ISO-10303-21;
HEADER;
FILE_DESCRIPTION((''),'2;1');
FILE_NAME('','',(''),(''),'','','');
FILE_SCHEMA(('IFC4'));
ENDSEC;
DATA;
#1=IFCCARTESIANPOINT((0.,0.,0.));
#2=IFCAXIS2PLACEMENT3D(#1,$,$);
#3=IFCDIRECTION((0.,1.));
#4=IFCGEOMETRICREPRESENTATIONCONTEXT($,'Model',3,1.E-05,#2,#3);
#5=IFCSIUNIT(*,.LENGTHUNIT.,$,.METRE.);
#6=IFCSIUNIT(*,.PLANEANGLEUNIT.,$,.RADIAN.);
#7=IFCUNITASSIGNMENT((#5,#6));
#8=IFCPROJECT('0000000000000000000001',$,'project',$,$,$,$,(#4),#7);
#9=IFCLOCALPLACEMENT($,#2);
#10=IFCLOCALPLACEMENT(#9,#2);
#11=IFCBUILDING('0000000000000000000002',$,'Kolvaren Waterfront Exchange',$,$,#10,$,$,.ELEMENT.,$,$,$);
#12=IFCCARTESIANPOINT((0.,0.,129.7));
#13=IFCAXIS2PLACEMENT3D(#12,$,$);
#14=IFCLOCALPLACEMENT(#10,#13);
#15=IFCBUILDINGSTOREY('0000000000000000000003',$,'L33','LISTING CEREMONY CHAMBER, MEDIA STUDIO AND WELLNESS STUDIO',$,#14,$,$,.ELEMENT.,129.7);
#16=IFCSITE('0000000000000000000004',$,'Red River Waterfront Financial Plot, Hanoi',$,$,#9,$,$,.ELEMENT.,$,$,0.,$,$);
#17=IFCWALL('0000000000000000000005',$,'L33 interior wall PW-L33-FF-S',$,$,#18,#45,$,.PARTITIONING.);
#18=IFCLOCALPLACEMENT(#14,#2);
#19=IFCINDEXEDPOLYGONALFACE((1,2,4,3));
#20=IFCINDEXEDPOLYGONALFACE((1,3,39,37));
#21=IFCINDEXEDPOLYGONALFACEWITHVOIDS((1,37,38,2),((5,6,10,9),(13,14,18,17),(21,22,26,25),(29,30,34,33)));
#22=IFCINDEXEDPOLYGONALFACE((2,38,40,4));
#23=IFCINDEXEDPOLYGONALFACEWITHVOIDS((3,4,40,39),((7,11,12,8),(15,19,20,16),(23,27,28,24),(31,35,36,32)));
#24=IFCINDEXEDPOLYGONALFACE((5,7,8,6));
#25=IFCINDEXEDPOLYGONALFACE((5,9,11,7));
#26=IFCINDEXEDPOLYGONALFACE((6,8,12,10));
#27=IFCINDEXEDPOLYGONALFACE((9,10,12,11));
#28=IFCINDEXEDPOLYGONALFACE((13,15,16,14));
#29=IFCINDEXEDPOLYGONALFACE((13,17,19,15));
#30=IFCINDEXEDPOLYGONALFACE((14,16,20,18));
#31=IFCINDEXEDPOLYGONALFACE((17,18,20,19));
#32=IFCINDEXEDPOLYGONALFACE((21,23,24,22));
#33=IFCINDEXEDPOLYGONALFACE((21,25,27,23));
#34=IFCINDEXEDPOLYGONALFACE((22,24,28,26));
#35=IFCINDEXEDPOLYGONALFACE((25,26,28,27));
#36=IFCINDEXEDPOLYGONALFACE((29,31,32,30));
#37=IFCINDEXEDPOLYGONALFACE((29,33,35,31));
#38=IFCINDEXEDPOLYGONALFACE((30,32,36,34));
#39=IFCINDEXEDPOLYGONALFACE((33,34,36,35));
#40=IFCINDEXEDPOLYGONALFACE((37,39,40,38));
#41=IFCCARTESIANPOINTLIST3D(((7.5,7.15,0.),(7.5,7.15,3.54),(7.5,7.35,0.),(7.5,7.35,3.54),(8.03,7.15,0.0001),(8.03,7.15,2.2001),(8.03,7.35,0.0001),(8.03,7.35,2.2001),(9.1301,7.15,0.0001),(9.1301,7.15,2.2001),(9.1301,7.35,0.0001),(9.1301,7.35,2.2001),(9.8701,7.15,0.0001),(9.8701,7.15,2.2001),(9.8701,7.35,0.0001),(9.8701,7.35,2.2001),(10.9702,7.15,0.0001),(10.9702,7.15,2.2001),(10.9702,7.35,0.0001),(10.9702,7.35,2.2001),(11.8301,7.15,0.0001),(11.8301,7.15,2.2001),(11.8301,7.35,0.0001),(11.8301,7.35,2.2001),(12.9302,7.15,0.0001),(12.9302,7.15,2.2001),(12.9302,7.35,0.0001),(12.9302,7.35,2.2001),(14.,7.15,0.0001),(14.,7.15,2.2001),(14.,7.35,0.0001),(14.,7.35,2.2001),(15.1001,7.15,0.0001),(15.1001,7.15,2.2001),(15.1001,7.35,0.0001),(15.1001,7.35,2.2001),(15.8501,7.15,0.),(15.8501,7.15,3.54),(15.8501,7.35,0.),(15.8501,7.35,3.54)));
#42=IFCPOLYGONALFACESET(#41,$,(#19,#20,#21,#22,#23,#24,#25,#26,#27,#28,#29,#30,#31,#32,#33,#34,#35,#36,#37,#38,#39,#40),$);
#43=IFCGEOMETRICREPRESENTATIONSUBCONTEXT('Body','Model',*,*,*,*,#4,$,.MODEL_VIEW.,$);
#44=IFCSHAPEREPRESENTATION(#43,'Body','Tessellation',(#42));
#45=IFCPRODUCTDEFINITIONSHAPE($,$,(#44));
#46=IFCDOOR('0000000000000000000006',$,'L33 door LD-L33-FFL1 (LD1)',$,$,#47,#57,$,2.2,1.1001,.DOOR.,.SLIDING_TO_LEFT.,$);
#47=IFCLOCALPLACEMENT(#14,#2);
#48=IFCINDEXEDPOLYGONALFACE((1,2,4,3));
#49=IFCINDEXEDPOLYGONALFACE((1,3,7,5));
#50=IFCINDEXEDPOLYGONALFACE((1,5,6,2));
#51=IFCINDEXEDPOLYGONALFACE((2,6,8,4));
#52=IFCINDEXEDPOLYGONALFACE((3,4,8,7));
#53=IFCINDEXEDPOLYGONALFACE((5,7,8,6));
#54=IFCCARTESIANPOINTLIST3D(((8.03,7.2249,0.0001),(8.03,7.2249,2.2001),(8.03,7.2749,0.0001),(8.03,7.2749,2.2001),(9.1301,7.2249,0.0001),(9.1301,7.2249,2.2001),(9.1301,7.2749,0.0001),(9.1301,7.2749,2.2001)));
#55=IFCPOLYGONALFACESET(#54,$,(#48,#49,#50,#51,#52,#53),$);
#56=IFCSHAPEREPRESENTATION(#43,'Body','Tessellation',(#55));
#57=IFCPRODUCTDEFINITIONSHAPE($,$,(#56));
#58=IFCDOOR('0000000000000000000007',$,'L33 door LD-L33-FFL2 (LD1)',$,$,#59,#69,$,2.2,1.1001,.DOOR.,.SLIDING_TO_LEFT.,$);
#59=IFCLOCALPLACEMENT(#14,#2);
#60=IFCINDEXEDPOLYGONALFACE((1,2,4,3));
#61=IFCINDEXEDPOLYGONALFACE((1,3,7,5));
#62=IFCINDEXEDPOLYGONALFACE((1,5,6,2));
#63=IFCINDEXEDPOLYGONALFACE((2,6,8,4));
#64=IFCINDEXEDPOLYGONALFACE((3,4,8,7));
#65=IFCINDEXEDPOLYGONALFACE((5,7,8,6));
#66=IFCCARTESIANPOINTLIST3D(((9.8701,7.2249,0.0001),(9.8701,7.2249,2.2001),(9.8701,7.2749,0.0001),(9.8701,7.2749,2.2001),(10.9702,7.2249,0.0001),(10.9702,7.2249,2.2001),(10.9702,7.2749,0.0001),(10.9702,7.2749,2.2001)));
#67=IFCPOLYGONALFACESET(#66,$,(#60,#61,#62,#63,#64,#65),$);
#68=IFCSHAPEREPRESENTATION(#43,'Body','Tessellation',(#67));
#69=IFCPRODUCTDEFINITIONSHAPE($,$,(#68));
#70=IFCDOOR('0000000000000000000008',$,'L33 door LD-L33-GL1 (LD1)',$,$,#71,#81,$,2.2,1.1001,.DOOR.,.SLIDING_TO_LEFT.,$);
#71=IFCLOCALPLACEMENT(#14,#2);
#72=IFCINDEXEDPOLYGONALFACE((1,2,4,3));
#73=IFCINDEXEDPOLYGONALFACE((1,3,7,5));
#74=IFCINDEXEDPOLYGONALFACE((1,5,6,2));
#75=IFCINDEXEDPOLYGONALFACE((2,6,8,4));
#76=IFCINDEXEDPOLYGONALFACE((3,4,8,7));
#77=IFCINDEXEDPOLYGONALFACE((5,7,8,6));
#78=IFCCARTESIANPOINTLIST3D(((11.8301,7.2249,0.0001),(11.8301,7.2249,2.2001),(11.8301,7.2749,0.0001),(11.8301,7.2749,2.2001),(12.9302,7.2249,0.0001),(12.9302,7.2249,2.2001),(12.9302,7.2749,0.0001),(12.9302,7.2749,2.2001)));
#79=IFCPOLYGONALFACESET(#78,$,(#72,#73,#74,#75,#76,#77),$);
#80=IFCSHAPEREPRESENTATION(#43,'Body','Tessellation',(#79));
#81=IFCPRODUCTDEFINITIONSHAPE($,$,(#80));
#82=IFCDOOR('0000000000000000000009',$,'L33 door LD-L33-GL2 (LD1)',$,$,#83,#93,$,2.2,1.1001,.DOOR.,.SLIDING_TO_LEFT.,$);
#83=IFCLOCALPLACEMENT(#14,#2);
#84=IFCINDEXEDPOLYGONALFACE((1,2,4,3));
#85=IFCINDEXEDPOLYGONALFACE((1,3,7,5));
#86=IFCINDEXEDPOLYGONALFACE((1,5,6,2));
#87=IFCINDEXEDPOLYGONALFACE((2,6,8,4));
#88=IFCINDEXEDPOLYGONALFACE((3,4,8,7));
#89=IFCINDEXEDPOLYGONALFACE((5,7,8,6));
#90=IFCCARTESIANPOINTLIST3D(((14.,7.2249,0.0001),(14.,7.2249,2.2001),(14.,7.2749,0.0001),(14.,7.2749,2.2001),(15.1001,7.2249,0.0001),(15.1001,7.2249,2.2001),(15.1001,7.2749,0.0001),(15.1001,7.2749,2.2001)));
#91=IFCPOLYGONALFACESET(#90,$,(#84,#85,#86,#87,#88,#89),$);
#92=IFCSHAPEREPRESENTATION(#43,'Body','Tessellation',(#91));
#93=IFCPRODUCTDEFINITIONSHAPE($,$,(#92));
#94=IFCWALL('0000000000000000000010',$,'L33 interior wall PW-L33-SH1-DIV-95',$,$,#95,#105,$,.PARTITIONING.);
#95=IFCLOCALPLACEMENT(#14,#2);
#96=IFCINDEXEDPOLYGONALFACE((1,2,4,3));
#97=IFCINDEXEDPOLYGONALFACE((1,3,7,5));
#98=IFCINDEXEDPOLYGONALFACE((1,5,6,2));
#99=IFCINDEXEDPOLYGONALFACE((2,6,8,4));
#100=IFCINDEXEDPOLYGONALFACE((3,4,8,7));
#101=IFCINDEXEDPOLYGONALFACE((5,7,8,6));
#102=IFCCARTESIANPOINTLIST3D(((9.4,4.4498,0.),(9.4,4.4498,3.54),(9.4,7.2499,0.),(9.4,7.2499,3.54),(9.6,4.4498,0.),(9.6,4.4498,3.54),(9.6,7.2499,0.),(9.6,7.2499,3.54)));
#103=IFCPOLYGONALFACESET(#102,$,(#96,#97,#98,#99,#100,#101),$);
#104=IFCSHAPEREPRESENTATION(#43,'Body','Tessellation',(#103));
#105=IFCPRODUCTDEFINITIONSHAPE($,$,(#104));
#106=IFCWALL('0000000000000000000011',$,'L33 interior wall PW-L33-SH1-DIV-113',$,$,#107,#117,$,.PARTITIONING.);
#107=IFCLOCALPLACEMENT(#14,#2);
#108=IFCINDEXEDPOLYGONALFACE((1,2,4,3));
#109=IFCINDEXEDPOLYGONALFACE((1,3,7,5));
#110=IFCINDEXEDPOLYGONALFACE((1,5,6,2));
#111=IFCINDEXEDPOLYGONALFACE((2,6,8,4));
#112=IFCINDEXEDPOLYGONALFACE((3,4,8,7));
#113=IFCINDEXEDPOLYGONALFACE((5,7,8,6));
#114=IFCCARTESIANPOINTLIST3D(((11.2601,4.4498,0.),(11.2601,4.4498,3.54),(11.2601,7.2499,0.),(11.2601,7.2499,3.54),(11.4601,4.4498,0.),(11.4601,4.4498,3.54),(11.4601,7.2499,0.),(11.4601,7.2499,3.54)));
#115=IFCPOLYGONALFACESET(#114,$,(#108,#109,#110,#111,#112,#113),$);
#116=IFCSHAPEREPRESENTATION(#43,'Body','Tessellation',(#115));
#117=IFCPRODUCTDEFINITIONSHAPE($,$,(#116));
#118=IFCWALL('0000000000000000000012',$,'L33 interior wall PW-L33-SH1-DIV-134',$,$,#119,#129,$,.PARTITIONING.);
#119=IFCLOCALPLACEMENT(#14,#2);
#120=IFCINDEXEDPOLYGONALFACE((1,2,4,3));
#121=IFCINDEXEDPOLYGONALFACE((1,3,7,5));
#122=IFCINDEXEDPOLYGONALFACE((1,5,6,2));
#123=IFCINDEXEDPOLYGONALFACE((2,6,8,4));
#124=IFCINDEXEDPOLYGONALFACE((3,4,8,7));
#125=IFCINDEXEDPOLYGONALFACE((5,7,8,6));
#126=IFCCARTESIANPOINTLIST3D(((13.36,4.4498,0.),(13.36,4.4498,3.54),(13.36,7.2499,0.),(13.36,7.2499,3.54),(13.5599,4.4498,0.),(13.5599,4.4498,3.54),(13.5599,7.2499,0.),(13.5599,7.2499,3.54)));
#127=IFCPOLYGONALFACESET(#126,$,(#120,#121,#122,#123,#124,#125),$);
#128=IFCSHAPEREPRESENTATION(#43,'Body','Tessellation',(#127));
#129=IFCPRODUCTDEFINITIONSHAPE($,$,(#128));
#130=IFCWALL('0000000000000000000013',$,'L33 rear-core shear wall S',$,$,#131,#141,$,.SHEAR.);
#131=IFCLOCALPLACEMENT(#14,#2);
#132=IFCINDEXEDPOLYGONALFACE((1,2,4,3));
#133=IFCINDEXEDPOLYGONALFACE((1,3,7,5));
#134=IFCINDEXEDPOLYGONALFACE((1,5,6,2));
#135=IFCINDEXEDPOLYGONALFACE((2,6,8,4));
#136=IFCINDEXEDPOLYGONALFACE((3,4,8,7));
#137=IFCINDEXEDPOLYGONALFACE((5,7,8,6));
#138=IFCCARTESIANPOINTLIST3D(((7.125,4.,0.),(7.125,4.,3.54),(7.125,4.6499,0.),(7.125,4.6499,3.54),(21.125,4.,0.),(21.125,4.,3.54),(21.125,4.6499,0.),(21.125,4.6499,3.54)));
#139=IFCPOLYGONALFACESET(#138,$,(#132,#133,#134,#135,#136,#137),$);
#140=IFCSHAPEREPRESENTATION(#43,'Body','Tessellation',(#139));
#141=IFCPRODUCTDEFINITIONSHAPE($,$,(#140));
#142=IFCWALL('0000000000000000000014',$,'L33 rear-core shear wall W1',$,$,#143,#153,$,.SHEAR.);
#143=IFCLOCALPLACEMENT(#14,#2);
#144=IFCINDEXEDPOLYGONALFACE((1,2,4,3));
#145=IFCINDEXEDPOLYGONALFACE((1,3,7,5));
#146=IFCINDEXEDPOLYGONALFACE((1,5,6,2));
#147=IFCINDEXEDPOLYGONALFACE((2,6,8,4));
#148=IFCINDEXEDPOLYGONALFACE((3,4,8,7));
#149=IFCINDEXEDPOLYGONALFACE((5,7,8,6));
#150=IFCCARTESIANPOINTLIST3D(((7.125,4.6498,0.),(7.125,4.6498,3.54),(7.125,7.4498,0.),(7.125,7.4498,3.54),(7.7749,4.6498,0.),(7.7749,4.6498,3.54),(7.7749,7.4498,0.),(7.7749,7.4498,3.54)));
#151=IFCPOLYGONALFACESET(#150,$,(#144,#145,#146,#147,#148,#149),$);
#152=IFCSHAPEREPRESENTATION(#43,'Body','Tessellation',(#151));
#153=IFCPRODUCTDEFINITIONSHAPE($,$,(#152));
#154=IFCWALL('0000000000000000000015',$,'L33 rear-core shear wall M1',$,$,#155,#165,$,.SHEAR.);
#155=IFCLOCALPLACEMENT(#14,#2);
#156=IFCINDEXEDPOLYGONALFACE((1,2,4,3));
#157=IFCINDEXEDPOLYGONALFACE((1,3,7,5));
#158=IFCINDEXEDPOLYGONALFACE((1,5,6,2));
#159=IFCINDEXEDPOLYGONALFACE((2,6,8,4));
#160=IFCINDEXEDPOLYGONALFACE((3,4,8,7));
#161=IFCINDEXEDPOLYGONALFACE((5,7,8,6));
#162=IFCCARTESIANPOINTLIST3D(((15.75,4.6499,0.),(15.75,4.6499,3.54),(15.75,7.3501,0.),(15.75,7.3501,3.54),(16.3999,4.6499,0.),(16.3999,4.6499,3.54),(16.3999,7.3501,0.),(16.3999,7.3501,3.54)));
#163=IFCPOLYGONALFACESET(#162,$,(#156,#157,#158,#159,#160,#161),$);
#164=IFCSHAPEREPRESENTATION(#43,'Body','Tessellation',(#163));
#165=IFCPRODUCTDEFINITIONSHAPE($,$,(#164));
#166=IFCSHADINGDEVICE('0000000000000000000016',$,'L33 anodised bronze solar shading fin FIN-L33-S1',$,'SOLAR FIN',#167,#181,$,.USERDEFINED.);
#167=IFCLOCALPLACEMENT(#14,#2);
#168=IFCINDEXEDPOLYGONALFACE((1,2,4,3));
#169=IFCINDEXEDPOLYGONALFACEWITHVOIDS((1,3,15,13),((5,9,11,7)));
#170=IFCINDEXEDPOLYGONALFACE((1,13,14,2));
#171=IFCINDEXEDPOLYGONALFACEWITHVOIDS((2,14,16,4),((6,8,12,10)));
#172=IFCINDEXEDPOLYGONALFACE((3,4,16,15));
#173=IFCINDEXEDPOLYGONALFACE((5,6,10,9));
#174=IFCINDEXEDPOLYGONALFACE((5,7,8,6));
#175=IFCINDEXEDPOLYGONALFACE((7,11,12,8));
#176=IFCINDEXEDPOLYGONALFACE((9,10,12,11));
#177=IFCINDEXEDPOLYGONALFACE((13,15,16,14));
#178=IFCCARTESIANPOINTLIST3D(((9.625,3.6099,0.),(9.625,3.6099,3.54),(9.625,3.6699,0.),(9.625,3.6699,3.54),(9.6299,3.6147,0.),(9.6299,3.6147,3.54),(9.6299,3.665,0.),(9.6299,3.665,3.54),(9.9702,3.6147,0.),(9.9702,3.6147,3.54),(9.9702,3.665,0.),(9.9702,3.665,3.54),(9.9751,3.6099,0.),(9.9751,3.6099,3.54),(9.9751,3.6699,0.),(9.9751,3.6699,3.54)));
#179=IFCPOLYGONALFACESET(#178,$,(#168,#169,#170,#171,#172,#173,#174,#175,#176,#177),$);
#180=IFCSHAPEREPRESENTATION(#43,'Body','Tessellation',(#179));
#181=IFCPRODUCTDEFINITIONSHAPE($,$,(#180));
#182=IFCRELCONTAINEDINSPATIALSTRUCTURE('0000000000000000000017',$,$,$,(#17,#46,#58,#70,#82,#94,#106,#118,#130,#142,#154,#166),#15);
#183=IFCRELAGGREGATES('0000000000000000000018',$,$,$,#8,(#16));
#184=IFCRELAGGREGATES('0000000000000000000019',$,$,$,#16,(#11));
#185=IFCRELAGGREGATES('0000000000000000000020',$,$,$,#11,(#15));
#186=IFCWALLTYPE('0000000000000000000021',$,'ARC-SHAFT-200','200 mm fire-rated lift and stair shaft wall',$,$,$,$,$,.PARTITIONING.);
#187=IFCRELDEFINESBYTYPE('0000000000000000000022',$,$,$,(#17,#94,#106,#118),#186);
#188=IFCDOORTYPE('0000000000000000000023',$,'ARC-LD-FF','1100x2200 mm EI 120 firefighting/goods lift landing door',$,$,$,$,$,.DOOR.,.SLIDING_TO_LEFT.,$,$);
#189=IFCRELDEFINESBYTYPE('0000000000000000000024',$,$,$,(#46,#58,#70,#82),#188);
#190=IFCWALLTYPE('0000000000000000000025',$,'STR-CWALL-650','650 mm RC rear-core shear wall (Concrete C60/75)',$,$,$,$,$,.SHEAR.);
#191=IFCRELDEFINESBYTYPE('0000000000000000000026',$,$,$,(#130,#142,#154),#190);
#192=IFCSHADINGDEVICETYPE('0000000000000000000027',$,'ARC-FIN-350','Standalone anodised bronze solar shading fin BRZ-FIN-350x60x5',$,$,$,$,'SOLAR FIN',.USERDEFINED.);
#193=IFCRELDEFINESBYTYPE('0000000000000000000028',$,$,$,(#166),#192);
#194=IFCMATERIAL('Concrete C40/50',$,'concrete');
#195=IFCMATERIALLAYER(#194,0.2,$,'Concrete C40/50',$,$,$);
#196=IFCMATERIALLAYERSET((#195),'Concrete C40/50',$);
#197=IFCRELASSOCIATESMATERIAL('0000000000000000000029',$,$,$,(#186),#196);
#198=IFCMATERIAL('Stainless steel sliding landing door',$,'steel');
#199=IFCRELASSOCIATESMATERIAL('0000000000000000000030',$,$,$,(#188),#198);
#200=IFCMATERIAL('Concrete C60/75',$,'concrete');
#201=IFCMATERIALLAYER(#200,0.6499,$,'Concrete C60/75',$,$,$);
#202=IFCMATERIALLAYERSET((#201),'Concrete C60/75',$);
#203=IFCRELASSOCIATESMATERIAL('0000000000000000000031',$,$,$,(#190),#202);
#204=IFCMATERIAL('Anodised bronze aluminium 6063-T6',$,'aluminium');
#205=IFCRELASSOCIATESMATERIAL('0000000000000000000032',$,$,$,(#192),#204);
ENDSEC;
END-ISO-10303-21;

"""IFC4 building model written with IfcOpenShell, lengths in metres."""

from ifc_helpers import new_model, si_unit, direction, frame, frame_2d, origin, origin_2d, place, context, subcontext, project, spatial, rectangle, hollow_rectangle, extrude, material, layer, layer_set, material_profile, profile_set, type_object, element, fill, save


model = new_model("IFC4")

# Units and contexts
model_context = context("Model", 3, precision=1e-05, world=origin(), true_north=direction((0.0, 1.0)))
body_context = subcontext(model_context, "Body", "Model", "MODEL_VIEW")
ifc_project = project(units=[si_unit("LENGTHUNIT", "METRE"), si_unit("PLANEANGLEUNIT", "RADIAN")], contexts=[model_context])

# Site, building, storey
site_placement = place(None, origin())
site = spatial("IfcSite", under=ifc_project, at=site_placement, Name="Red River Waterfront Financial Plot, Hanoi", CompositionType="ELEMENT", RefElevation=0.0)
building_placement = place(site_placement, origin())
building = spatial("IfcBuilding", under=site, at=building_placement, Name="Kolvaren Waterfront Exchange", CompositionType="ELEMENT")
storey_placement = place(building_placement, frame((0.0, 0.0, 129.7)))
storey = spatial("IfcBuildingStorey", under=building, at=storey_placement, Name="L33", Description="LISTING CEREMONY CHAMBER, MEDIA STUDIO AND WELLNESS STUDIO", CompositionType="ELEMENT", Elevation=129.7)

# Shared definitions
ifc_material_1 = material(Name="Concrete C60/75", Category="concrete")

# Shared definitions
ifc_material_2 = material(Name="Anodised bronze aluminium 6063-T6", Category="aluminium")

# Wall, openings, doors
ifc_material_3 = material(Name="Concrete C40/50", Category="concrete")
ifc_layer_1 = layer(ifc_material_3, 0.2, Name="Concrete C40/50")
ifc_layer_set_1 = layer_set([ifc_layer_1], Name="Concrete C40/50")
wall_type_1 = type_object("IfcWallType", Name="ARC-SHAFT-200", Description="200 mm fire-rated lift and stair shaft wall", PredefinedType="PARTITIONING", material=ifc_layer_set_1)
wall_1_placement = place(storey_placement, frame((7.5, 7.25, 0.0), z_axis=(0.0, 0.0, 1.0), x_axis=(1.0, 0.0, 0.0)))
wall_1 = element("IfcWall", 1, at=wall_1_placement, inside=storey, type_object=wall_type_1, Name="L33 interior wall PW-L33-FF-S", PredefinedType="PARTITIONING", context=body_context, shape_type="SweptSolid", body=[
    extrude(rectangle(XDim=8.3501, YDim=0.2, at=frame_2d((4.175, 0.0))), origin(), (0.0, 0.0, 1.0), 3.54),
])
opening_1_placement = place(wall_1_placement, frame((0.53, 0.0, 0.0)))
opening_1 = element("IfcOpeningElement", 2, at=opening_1_placement, cuts=wall_1, PredefinedType="OPENING", context=body_context, shape_type="SweptSolid", body=[
    extrude(rectangle(XDim=1.1001, YDim=2.2, at=frame_2d((0.55, 1.1001))), frame((0.0, 0.1099, 0.0), z_axis=(0.0, -1.0, 0.0), x_axis=(1.0, 0.0, 0.0)), (0.0, 0.0, 1.0), 0.22),
])
opening_2_placement = place(wall_1_placement, frame((2.3701, 0.0, 0.0)))
opening_2 = element("IfcOpeningElement", 3, at=opening_2_placement, cuts=wall_1, PredefinedType="OPENING", context=body_context, shape_type="SweptSolid", body=[
    extrude(rectangle(XDim=1.1001, YDim=2.2, at=frame_2d((0.55, 1.1001))), frame((0.0, 0.1099, 0.0), z_axis=(0.0, -1.0, 0.0), x_axis=(1.0, 0.0, 0.0)), (0.0, 0.0, 1.0), 0.22),
])
opening_3_placement = place(wall_1_placement, frame((4.3301, 0.0, 0.0)))
opening_3 = element("IfcOpeningElement", 4, at=opening_3_placement, cuts=wall_1, PredefinedType="OPENING", context=body_context, shape_type="SweptSolid", body=[
    extrude(rectangle(XDim=1.1001, YDim=2.2, at=frame_2d((0.55, 1.1001))), frame((0.0, 0.1099, 0.0), z_axis=(0.0, -1.0, 0.0), x_axis=(1.0, 0.0, 0.0)), (0.0, 0.0, 1.0), 0.22),
])
opening_4_placement = place(wall_1_placement, frame((6.5, 0.0, 0.0)))
opening_4 = element("IfcOpeningElement", 5, at=opening_4_placement, cuts=wall_1, PredefinedType="OPENING", context=body_context, shape_type="SweptSolid", body=[
    extrude(rectangle(XDim=1.1001, YDim=2.2, at=frame_2d((0.55, 1.1001))), frame((0.0, 0.1099, 0.0), z_axis=(0.0, -1.0, 0.0), x_axis=(1.0, 0.0, 0.0)), (0.0, 0.0, 1.0), 0.22),
])
ifc_material_4 = material(Name="Stainless steel sliding landing door", Category="steel")
door_type = type_object("IfcDoorType", Name="ARC-LD-FF", Description="1100x2200 mm EI 120 firefighting/goods lift landing door", OperationType="SLIDING_TO_LEFT", PredefinedType="DOOR", material=ifc_material_4)
door_1_placement = place(opening_1_placement, origin())
door_1 = element("IfcDoor", 6, at=door_1_placement, inside=storey, type_object=door_type, Name="L33 door LD-L33-FFL1 (LD1)", OperationType="SLIDING_TO_LEFT", OverallHeight=2.2, OverallWidth=1.1001, PredefinedType="DOOR", context=body_context, shape_type="SweptSolid", body=[
    extrude(rectangle(XDim=1.1001, YDim=2.2, at=frame_2d((0.55, 1.1001))), frame((0.0, 0.0249, 0.0), z_axis=(0.0, -1.0, 0.0), x_axis=(1.0, 0.0, 0.0)), (0.0, 0.0, 1.0), 0.05),
])
fill(opening_1, door_1)
door_2_placement = place(opening_2_placement, origin())
door_2 = element("IfcDoor", 7, at=door_2_placement, inside=storey, type_object=door_type, Name="L33 door LD-L33-FFL2 (LD1)", OperationType="SLIDING_TO_LEFT", OverallHeight=2.2, OverallWidth=1.1001, PredefinedType="DOOR", context=body_context, shape_type="SweptSolid", body=[
    extrude(rectangle(XDim=1.1001, YDim=2.2, at=frame_2d((0.55, 1.1001))), frame((0.0, 0.0249, 0.0), z_axis=(0.0, -1.0, 0.0), x_axis=(1.0, 0.0, 0.0)), (0.0, 0.0, 1.0), 0.05),
])
fill(opening_2, door_2)
door_3_placement = place(opening_3_placement, origin())
door_3 = element("IfcDoor", 8, at=door_3_placement, inside=storey, type_object=door_type, Name="L33 door LD-L33-GL1 (LD1)", OperationType="SLIDING_TO_LEFT", OverallHeight=2.2, OverallWidth=1.1001, PredefinedType="DOOR", context=body_context, shape_type="SweptSolid", body=[
    extrude(rectangle(XDim=1.1001, YDim=2.2, at=frame_2d((0.55, 1.1001))), frame((0.0, 0.0249, 0.0), z_axis=(0.0, -1.0, 0.0), x_axis=(1.0, 0.0, 0.0)), (0.0, 0.0, 1.0), 0.05),
])
fill(opening_3, door_3)
door_4_placement = place(opening_4_placement, origin())
door_4 = element("IfcDoor", 9, at=door_4_placement, inside=storey, type_object=door_type, Name="L33 door LD-L33-GL2 (LD1)", OperationType="SLIDING_TO_LEFT", OverallHeight=2.2, OverallWidth=1.1001, PredefinedType="DOOR", context=body_context, shape_type="SweptSolid", body=[
    extrude(rectangle(XDim=1.1001, YDim=2.2, at=frame_2d((0.55, 1.1001))), frame((0.0, 0.0249, 0.0), z_axis=(0.0, -1.0, 0.0), x_axis=(1.0, 0.0, 0.0)), (0.0, 0.0, 1.0), 0.05),
])
fill(opening_4, door_4)

# Walls
for number, where, z_axis, x_axis, name in (
    (10, (9.5, 4.45, 0.0), (0.0, 0.0, 1.0), (0.0, 1.0, 0.0), "L33 interior wall PW-L33-SH1-DIV-95"),
    (11, (11.3601, 4.45, 0.0), (0.0, 0.0, 1.0), (0.0, 1.0, 0.0), "L33 interior wall PW-L33-SH1-DIV-113"),
    (12, (13.46, 4.45, 0.0), (0.0, 0.0, 1.0), (0.0, 1.0, 0.0), "L33 interior wall PW-L33-SH1-DIV-134"),
):
    element("IfcWall", number, at=place(storey_placement, frame(where, z_axis=z_axis, x_axis=x_axis)), inside=storey, type_object=wall_type_1, Name=name, PredefinedType="PARTITIONING", context=body_context, shape_type="SweptSolid", body=[
        extrude(rectangle(XDim=2.8, YDim=0.2, at=frame_2d((1.3999, 0.0))), origin(), (0.0, 0.0, 1.0), 3.54),
    ])
ifc_layer_2 = layer(ifc_material_1, 0.6499, Name="Concrete C60/75")
ifc_layer_set_2 = layer_set([ifc_layer_2], Name="Concrete C60/75")
wall_type_2 = type_object("IfcWallType", Name="STR-CWALL-650", Description="650 mm RC rear-core shear wall (Concrete C60/75)", PredefinedType="SHEAR", material=ifc_layer_set_2)
wall_2_placement = place(storey_placement, frame((7.125, 4.325, 0.0), z_axis=(0.0, 0.0, 1.0), x_axis=(1.0, 0.0, 0.0)))
element("IfcWall", 13, at=wall_2_placement, inside=storey, type_object=wall_type_2, Name="L33 rear-core shear wall S", PredefinedType="SHEAR", context=body_context, shape_type="SweptSolid", body=[
    extrude(rectangle(XDim=14.0, YDim=0.6499, at=frame_2d((7.0, 0.0))), origin(), (0.0, 0.0, 1.0), 3.54),
])
wall_3_placement = place(storey_placement, frame((7.45, 4.6499, 0.0), z_axis=(0.0, 0.0, 1.0), x_axis=(0.0, 1.0, 0.0)))
element("IfcWall", 14, at=wall_3_placement, inside=storey, type_object=wall_type_2, Name="L33 rear-core shear wall W1", PredefinedType="SHEAR", context=body_context, shape_type="SweptSolid", body=[
    extrude(rectangle(XDim=2.8, YDim=0.6499, at=frame_2d((1.3999, 0.0))), origin(), (0.0, 0.0, 1.0), 3.54),
])
wall_4_placement = place(storey_placement, frame((16.075, 4.6499, 0.0), z_axis=(0.0, 0.0, 1.0), x_axis=(0.0, 1.0, 0.0)))
element("IfcWall", 15, at=wall_4_placement, inside=storey, type_object=wall_type_2, Name="L33 rear-core shear wall M1", PredefinedType="SHEAR", context=body_context, shape_type="SweptSolid", body=[
    extrude(rectangle(XDim=2.7002, YDim=0.6499, at=frame_2d((1.3501, 0.0))), origin(), (0.0, 0.0, 1.0), 3.54),
])

# Shading device
ifc_material_profile_1 = material_profile(ifc_material_2, hollow_rectangle(XDim=0.0601, YDim=0.3501, WallThickness=0.0049, at=origin_2d()), Name="BRZ-FIN-350x60x5")
ifc_profile_set_1 = profile_set([ifc_material_profile_1], Name="Anodised bronze aluminium 6063-T6")
shading_device_type = type_object("IfcShadingDeviceType", Name="ARC-FIN-350", Description="Standalone anodised bronze solar shading fin BRZ-FIN-350x60x5", ElementType="SOLAR FIN", PredefinedType="USERDEFINED", material=ifc_profile_set_1)
for number, where, z_axis, x_axis, name in (
    (16, (9.8, 3.6399, 0.0), (0.0, 0.0, 1.0), (0.0, -1.0, 0.0), "L33 anodised bronze solar shading fin FIN-L33-S1"),
):
    element("IfcShadingDevice", number, at=place(storey_placement, frame(where, z_axis=z_axis, x_axis=x_axis)), inside=storey, type_object=shading_device_type, Name=name, ObjectType="SOLAR FIN", PredefinedType="USERDEFINED", context=body_context, shape_type="SweptSolid", body=[
        extrude(hollow_rectangle(XDim=0.0601, YDim=0.3501, WallThickness=0.0049, at=origin_2d()), origin(), (0.0, 0.0, 1.0), 3.54),
    ])

save(model, "model.ifc")
